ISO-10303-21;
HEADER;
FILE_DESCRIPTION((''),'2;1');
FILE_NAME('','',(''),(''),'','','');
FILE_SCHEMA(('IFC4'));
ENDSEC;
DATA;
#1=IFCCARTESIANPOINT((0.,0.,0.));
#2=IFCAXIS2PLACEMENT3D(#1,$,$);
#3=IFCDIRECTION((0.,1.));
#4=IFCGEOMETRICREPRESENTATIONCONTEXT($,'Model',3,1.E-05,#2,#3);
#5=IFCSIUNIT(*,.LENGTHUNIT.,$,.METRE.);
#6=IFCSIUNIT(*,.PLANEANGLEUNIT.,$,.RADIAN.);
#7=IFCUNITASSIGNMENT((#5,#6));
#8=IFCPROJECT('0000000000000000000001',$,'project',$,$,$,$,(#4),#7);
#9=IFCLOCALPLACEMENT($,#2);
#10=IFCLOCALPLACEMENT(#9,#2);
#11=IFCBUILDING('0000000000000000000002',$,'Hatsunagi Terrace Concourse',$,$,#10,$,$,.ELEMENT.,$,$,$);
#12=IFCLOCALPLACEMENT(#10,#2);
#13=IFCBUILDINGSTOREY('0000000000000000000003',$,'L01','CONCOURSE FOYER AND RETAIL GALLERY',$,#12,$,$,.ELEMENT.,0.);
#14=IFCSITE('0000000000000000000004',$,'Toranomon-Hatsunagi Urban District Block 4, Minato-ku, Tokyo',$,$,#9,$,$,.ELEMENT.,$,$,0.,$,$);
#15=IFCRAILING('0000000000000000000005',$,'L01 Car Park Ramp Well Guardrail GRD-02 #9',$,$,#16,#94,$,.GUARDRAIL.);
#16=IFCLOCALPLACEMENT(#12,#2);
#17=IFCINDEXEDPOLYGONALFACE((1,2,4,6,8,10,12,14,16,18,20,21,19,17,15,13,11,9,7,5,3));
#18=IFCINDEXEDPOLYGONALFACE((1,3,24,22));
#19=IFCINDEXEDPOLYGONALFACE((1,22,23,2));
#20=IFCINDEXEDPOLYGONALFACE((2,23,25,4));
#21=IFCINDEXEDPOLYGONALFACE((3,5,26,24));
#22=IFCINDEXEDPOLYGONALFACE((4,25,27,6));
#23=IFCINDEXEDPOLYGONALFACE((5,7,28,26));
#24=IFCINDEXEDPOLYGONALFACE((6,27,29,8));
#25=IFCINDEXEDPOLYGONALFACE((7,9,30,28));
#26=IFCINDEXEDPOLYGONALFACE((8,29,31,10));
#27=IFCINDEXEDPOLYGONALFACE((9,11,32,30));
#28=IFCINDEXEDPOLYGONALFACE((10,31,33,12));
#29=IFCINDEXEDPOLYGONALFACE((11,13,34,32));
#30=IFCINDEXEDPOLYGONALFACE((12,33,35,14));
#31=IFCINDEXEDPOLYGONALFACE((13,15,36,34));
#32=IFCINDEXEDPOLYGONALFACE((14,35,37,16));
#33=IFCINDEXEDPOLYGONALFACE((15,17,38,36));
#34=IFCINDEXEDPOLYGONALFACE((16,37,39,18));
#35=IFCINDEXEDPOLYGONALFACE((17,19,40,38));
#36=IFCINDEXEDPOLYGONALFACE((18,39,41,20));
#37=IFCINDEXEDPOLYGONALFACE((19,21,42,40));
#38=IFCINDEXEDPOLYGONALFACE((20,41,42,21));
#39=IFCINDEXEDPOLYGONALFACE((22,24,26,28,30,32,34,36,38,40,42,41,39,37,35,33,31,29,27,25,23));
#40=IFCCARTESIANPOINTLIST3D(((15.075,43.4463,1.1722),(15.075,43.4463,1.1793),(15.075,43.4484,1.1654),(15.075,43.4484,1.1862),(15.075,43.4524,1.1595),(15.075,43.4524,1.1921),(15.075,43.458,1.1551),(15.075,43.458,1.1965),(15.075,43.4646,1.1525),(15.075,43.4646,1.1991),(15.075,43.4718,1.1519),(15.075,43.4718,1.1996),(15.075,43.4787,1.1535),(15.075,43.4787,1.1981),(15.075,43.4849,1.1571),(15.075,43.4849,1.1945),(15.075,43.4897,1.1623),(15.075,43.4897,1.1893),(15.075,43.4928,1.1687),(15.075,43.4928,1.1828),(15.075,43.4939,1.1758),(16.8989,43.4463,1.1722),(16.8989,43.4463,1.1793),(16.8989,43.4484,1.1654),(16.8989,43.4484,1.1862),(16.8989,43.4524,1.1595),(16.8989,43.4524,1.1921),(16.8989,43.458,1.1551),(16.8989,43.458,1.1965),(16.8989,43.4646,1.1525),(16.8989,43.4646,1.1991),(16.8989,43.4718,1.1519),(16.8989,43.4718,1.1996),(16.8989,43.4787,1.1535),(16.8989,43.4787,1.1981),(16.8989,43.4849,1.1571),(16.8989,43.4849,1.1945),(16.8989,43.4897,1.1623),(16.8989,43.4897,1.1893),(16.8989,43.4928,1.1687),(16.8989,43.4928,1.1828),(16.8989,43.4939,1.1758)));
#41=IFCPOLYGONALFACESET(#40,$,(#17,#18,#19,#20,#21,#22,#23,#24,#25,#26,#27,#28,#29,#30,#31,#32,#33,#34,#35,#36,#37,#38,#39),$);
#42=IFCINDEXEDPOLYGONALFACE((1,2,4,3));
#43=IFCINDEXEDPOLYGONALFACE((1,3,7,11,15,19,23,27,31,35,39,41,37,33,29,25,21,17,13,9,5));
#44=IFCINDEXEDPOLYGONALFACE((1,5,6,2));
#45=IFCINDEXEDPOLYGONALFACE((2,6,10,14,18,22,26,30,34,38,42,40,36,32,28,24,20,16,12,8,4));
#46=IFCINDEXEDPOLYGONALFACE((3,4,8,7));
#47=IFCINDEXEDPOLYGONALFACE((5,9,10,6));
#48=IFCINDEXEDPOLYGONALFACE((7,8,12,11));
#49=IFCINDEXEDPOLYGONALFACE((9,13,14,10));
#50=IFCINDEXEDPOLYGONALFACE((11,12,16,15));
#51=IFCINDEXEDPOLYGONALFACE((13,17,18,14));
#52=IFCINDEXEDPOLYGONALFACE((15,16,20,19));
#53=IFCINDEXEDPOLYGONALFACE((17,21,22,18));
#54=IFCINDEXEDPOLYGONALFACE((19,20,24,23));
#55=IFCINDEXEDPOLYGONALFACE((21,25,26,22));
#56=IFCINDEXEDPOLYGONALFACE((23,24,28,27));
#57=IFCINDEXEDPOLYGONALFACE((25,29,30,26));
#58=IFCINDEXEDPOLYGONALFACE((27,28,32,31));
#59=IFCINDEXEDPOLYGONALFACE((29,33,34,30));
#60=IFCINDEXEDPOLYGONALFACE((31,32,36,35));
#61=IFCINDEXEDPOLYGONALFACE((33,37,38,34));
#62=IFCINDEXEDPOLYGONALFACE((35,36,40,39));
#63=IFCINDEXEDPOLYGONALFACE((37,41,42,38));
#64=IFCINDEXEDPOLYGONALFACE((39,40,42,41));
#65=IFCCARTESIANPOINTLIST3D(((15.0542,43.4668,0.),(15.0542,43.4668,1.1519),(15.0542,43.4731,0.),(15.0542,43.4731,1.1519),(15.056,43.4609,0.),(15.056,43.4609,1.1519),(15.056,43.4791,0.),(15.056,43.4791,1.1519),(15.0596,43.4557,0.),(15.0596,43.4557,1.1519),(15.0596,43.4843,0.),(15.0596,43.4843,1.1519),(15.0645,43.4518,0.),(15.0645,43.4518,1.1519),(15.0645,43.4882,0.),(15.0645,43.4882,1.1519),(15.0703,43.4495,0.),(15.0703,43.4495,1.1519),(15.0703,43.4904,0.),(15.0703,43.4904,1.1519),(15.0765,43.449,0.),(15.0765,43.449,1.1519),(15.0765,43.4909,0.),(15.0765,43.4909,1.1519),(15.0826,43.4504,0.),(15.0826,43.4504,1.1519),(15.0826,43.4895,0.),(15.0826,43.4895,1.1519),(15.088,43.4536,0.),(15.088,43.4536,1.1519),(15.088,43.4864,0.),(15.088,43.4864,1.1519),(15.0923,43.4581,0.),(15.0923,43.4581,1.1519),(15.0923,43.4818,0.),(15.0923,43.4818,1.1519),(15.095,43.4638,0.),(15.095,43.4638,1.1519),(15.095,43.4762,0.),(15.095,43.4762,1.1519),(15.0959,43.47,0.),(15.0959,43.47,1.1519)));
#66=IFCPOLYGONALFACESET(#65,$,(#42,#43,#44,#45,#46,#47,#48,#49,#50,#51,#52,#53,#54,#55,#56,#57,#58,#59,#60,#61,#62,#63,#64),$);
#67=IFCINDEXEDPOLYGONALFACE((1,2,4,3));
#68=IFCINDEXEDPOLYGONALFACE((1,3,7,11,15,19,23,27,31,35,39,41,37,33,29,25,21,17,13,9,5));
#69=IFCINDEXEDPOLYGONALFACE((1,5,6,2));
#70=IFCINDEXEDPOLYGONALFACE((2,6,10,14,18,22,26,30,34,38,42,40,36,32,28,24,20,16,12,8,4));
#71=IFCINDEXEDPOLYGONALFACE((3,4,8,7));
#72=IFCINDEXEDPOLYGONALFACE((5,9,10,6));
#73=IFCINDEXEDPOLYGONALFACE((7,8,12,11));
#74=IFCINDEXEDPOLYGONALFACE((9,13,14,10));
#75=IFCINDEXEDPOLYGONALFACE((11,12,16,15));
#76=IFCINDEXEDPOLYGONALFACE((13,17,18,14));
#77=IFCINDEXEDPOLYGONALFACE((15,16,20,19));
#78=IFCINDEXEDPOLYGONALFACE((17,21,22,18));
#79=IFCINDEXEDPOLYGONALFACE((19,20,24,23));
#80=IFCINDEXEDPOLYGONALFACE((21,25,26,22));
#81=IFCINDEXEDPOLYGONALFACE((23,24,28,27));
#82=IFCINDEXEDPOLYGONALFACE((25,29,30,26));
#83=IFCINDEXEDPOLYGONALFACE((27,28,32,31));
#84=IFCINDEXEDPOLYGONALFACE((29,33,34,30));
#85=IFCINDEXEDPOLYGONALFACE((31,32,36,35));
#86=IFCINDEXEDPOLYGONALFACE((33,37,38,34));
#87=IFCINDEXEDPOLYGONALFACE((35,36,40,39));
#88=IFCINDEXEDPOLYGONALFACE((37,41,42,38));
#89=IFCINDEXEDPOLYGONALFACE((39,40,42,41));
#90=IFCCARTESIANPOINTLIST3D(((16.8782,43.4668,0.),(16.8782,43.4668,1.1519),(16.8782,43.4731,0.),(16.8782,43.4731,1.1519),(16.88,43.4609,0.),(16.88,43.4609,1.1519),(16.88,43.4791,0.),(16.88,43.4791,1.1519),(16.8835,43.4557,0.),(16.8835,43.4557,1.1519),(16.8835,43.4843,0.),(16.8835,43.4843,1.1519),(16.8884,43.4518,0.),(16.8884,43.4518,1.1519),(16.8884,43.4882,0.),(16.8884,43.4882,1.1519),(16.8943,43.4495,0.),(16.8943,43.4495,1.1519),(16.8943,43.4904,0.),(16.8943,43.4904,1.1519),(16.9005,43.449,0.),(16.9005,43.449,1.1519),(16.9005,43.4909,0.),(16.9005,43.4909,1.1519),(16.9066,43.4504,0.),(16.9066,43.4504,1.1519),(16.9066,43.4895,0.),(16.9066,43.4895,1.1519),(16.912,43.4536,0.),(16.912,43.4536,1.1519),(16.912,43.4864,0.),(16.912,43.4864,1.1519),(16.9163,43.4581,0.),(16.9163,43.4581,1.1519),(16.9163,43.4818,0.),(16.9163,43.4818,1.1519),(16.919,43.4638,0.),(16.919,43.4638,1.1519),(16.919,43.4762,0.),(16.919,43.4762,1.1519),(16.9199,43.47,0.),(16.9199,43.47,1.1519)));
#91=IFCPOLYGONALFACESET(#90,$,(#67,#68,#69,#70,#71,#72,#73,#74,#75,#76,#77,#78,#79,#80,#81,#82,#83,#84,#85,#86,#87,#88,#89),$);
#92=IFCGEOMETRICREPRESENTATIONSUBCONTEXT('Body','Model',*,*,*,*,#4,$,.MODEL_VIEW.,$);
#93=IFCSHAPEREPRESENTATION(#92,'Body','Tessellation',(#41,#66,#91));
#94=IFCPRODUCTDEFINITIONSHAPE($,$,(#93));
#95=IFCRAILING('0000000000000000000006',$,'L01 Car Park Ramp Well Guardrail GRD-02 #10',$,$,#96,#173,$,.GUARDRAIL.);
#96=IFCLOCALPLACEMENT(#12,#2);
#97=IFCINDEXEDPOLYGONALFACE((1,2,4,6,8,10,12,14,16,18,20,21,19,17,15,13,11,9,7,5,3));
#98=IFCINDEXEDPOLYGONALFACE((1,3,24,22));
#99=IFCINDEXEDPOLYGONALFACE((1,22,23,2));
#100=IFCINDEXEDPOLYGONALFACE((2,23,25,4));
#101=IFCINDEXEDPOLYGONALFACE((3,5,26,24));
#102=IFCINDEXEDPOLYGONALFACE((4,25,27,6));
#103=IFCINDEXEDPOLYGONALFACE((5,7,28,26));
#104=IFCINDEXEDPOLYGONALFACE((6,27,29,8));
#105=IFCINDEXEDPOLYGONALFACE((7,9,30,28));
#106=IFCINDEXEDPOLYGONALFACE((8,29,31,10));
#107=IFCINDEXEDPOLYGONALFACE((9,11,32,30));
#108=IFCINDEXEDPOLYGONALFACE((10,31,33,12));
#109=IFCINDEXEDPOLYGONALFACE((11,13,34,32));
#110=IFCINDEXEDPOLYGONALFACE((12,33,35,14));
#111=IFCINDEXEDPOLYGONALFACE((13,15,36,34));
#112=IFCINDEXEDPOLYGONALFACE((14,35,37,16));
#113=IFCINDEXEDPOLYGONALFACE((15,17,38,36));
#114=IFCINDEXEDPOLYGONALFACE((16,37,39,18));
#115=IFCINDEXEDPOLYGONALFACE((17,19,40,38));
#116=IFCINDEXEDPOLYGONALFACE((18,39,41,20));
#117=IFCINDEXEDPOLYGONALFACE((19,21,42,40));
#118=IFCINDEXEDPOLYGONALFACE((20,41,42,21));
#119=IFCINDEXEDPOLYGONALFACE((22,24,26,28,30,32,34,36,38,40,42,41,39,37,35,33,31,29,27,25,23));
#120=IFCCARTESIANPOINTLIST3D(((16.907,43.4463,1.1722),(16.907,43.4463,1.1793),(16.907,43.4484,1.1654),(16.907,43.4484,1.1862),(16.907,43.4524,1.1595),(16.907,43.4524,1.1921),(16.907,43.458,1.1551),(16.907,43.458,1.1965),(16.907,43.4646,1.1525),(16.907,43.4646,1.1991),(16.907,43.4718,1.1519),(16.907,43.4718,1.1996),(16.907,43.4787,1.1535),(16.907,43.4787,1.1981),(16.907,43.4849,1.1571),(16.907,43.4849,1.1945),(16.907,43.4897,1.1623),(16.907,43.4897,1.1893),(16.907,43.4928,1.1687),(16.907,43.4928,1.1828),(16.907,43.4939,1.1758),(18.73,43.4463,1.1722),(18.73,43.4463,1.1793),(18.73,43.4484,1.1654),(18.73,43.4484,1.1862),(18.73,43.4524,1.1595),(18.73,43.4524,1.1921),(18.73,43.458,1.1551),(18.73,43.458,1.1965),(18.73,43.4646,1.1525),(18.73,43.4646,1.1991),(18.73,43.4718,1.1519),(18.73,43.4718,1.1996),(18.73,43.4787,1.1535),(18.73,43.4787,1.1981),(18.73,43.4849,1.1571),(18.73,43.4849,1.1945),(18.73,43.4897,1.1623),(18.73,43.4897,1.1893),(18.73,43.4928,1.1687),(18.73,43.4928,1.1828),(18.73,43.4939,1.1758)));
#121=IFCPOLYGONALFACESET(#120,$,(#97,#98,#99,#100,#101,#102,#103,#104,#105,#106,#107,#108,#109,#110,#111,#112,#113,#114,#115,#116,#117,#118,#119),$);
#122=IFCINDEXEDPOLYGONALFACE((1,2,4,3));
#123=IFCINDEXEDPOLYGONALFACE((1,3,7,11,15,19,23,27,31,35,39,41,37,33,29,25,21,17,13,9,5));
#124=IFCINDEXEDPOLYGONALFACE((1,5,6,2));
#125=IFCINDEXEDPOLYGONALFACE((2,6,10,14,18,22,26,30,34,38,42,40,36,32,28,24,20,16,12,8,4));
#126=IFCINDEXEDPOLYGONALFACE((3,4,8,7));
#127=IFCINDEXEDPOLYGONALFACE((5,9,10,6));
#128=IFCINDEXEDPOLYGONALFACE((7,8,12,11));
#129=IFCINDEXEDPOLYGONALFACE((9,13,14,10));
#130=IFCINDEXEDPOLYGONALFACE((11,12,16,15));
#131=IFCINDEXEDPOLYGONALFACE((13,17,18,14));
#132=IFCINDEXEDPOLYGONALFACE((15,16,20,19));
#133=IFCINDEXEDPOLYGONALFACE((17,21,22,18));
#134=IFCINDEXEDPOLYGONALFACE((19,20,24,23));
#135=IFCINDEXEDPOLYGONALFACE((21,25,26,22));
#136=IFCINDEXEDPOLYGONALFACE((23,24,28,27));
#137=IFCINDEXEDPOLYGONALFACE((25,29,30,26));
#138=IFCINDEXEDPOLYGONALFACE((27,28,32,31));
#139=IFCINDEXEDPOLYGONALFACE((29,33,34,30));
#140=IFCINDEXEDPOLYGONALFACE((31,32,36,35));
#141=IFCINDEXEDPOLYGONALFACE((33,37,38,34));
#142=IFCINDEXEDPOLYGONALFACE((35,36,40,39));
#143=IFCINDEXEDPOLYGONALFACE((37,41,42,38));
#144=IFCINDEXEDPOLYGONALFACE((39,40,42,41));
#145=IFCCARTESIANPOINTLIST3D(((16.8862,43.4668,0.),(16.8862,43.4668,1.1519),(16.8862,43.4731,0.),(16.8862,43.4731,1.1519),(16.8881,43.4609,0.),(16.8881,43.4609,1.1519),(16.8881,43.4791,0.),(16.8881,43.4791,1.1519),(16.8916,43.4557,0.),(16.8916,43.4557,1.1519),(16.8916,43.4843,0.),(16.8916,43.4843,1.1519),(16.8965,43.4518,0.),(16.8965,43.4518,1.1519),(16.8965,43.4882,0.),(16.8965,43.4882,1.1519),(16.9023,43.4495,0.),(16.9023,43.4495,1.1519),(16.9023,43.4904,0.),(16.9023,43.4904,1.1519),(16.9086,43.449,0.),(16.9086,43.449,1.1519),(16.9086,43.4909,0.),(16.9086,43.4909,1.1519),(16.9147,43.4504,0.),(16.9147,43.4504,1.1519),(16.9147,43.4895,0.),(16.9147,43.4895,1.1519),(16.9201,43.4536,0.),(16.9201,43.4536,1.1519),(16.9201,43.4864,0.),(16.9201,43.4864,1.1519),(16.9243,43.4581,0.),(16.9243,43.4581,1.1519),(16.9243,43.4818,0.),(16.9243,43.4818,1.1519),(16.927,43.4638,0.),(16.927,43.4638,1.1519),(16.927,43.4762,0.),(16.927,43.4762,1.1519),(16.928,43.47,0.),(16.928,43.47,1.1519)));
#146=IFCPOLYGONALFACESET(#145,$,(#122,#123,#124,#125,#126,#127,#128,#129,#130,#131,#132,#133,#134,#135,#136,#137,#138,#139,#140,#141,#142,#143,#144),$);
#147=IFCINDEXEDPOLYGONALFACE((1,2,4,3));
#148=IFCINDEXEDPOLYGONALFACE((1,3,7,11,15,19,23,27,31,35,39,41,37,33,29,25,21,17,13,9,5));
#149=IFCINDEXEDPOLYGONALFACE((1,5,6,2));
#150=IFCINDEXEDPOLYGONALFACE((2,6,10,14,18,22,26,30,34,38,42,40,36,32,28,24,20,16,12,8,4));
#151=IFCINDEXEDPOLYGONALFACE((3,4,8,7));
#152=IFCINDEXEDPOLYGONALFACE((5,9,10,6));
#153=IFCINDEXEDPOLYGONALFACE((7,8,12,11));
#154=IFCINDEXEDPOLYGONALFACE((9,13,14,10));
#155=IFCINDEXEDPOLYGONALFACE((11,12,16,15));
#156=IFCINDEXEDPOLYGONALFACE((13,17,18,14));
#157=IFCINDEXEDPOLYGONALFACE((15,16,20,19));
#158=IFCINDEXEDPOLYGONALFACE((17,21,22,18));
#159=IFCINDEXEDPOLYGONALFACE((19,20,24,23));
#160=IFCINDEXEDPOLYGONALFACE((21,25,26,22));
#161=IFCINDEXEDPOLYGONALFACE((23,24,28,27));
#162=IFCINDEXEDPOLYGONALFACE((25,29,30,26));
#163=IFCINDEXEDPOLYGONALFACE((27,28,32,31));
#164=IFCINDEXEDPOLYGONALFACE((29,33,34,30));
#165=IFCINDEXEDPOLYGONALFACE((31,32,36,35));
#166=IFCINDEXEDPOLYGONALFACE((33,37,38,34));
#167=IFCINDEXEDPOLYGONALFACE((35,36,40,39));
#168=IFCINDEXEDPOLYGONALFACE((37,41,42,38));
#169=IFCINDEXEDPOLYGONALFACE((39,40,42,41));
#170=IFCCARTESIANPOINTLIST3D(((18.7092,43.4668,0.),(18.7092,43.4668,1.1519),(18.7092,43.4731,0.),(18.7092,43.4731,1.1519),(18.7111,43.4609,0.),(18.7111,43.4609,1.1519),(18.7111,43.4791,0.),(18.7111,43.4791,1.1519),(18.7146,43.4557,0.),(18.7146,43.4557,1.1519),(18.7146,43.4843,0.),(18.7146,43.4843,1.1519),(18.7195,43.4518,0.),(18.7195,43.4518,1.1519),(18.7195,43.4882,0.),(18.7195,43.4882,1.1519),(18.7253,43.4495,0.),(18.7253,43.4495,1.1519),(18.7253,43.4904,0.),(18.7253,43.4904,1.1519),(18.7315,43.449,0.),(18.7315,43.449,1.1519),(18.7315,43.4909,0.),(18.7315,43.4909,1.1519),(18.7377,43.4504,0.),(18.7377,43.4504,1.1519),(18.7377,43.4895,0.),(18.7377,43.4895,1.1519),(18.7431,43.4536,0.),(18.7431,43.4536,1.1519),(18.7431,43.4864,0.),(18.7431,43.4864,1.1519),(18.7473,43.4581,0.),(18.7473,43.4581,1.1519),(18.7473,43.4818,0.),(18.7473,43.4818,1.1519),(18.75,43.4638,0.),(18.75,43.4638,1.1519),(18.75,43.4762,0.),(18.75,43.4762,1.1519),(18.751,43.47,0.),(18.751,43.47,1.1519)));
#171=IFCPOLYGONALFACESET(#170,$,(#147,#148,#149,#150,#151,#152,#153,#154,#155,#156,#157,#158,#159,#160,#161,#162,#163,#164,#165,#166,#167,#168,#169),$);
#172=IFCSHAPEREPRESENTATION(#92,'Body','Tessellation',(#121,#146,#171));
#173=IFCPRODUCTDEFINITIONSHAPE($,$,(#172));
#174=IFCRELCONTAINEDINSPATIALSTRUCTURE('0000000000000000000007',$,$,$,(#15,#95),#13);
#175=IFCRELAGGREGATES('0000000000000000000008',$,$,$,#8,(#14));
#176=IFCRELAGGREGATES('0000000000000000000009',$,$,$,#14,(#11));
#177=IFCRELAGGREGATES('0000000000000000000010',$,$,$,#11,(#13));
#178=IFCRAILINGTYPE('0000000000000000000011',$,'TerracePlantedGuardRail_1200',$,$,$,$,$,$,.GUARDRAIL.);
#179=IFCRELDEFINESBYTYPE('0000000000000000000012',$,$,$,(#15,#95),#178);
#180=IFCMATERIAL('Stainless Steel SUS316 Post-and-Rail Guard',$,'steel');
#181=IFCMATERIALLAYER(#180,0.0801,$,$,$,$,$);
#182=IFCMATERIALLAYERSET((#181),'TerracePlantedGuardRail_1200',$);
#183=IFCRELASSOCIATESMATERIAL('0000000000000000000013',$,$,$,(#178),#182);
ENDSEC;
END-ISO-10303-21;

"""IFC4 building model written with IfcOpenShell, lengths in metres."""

from ifc_helpers import new_model, si_unit, direction, frame, origin, origin_2d, place, context, subcontext, project, spatial, circle, extrude, material, layer, layer_set, type_object, element, save


model = new_model("IFC4")

# Units and contexts
model_context = context("Model", 3, precision=1e-05, world=origin(), true_north=direction((0.0, 1.0)))
body_context = subcontext(model_context, "Body", "Model", "MODEL_VIEW")
ifc_project = project(units=[si_unit("LENGTHUNIT", "METRE"), si_unit("PLANEANGLEUNIT", "RADIAN")], contexts=[model_context])

# Site, building, storey
site_placement = place(None, origin())
site = spatial("IfcSite", under=ifc_project, at=site_placement, Name="Toranomon-Hatsunagi Urban District Block 4, Minato-ku, Tokyo", CompositionType="ELEMENT", RefElevation=0.0)
building_placement = place(site_placement, origin())
building = spatial("IfcBuilding", under=site, at=building_placement, Name="Hatsunagi Terrace Concourse", CompositionType="ELEMENT")
storey_placement = place(building_placement, origin())
storey = spatial("IfcBuildingStorey", under=building, at=storey_placement, Name="L01", Description="CONCOURSE FOYER AND RETAIL GALLERY", CompositionType="ELEMENT", Elevation=0.0)

# Railings
ifc_material_1 = material(Name="Stainless Steel SUS316 Post-and-Rail Guard", Category="steel")
ifc_layer_1 = layer(ifc_material_1, 0.0801)
ifc_layer_set_1 = layer_set([ifc_layer_1], Name="TerracePlantedGuardRail_1200")
railing_type_1 = type_object("IfcRailingType", Name="TerracePlantedGuardRail_1200", PredefinedType="GUARDRAIL", material=ifc_layer_set_1)
railing_1_placement = place(storey_placement, frame((15.075, 43.47, 0.0)))
element("IfcRailing", 1, at=railing_1_placement, inside=storey, type_object=railing_type_1, Name="L01 Car Park Ramp Well Guardrail GRD-02 #9", PredefinedType="GUARDRAIL", context=body_context, shape_type="SweptSolid", body=[
    extrude(circle(Radius=0.0239, at=origin_2d()), frame((0.0, 0.0, 1.1758), z_axis=(1.0, 0.0, 0.0), x_axis=(0.0, 1.0, 0.0)), (0.0, 0.0, 1.0), 1.824),
    extrude(circle(Radius=0.021, at=origin_2d()), origin(), (0.0, 0.0, 1.0), 1.1519),
    extrude(circle(Radius=0.021, at=origin_2d()), frame((1.824, 0.0, 0.0)), (0.0, 0.0, 1.0), 1.1519),
])
railing_2_placement = place(storey_placement, frame((16.907, 43.47, 0.0)))
element("IfcRailing", 2, at=railing_2_placement, inside=storey, type_object=railing_type_1, Name="L01 Car Park Ramp Well Guardrail GRD-02 #10", PredefinedType="GUARDRAIL", context=body_context, shape_type="SweptSolid", body=[
    extrude(circle(Radius=0.0239, at=origin_2d()), frame((0.0, 0.0, 1.1758), z_axis=(1.0, 0.0, 0.0), x_axis=(0.0, 1.0, 0.0)), (0.0, 0.0, 1.0), 1.823),
    extrude(circle(Radius=0.021, at=origin_2d()), origin(), (0.0, 0.0, 1.0), 1.1519),
    extrude(circle(Radius=0.021, at=origin_2d()), frame((1.823, 0.0, 0.0)), (0.0, 0.0, 1.0), 1.1519),
])

save(model, "model.ifc")
